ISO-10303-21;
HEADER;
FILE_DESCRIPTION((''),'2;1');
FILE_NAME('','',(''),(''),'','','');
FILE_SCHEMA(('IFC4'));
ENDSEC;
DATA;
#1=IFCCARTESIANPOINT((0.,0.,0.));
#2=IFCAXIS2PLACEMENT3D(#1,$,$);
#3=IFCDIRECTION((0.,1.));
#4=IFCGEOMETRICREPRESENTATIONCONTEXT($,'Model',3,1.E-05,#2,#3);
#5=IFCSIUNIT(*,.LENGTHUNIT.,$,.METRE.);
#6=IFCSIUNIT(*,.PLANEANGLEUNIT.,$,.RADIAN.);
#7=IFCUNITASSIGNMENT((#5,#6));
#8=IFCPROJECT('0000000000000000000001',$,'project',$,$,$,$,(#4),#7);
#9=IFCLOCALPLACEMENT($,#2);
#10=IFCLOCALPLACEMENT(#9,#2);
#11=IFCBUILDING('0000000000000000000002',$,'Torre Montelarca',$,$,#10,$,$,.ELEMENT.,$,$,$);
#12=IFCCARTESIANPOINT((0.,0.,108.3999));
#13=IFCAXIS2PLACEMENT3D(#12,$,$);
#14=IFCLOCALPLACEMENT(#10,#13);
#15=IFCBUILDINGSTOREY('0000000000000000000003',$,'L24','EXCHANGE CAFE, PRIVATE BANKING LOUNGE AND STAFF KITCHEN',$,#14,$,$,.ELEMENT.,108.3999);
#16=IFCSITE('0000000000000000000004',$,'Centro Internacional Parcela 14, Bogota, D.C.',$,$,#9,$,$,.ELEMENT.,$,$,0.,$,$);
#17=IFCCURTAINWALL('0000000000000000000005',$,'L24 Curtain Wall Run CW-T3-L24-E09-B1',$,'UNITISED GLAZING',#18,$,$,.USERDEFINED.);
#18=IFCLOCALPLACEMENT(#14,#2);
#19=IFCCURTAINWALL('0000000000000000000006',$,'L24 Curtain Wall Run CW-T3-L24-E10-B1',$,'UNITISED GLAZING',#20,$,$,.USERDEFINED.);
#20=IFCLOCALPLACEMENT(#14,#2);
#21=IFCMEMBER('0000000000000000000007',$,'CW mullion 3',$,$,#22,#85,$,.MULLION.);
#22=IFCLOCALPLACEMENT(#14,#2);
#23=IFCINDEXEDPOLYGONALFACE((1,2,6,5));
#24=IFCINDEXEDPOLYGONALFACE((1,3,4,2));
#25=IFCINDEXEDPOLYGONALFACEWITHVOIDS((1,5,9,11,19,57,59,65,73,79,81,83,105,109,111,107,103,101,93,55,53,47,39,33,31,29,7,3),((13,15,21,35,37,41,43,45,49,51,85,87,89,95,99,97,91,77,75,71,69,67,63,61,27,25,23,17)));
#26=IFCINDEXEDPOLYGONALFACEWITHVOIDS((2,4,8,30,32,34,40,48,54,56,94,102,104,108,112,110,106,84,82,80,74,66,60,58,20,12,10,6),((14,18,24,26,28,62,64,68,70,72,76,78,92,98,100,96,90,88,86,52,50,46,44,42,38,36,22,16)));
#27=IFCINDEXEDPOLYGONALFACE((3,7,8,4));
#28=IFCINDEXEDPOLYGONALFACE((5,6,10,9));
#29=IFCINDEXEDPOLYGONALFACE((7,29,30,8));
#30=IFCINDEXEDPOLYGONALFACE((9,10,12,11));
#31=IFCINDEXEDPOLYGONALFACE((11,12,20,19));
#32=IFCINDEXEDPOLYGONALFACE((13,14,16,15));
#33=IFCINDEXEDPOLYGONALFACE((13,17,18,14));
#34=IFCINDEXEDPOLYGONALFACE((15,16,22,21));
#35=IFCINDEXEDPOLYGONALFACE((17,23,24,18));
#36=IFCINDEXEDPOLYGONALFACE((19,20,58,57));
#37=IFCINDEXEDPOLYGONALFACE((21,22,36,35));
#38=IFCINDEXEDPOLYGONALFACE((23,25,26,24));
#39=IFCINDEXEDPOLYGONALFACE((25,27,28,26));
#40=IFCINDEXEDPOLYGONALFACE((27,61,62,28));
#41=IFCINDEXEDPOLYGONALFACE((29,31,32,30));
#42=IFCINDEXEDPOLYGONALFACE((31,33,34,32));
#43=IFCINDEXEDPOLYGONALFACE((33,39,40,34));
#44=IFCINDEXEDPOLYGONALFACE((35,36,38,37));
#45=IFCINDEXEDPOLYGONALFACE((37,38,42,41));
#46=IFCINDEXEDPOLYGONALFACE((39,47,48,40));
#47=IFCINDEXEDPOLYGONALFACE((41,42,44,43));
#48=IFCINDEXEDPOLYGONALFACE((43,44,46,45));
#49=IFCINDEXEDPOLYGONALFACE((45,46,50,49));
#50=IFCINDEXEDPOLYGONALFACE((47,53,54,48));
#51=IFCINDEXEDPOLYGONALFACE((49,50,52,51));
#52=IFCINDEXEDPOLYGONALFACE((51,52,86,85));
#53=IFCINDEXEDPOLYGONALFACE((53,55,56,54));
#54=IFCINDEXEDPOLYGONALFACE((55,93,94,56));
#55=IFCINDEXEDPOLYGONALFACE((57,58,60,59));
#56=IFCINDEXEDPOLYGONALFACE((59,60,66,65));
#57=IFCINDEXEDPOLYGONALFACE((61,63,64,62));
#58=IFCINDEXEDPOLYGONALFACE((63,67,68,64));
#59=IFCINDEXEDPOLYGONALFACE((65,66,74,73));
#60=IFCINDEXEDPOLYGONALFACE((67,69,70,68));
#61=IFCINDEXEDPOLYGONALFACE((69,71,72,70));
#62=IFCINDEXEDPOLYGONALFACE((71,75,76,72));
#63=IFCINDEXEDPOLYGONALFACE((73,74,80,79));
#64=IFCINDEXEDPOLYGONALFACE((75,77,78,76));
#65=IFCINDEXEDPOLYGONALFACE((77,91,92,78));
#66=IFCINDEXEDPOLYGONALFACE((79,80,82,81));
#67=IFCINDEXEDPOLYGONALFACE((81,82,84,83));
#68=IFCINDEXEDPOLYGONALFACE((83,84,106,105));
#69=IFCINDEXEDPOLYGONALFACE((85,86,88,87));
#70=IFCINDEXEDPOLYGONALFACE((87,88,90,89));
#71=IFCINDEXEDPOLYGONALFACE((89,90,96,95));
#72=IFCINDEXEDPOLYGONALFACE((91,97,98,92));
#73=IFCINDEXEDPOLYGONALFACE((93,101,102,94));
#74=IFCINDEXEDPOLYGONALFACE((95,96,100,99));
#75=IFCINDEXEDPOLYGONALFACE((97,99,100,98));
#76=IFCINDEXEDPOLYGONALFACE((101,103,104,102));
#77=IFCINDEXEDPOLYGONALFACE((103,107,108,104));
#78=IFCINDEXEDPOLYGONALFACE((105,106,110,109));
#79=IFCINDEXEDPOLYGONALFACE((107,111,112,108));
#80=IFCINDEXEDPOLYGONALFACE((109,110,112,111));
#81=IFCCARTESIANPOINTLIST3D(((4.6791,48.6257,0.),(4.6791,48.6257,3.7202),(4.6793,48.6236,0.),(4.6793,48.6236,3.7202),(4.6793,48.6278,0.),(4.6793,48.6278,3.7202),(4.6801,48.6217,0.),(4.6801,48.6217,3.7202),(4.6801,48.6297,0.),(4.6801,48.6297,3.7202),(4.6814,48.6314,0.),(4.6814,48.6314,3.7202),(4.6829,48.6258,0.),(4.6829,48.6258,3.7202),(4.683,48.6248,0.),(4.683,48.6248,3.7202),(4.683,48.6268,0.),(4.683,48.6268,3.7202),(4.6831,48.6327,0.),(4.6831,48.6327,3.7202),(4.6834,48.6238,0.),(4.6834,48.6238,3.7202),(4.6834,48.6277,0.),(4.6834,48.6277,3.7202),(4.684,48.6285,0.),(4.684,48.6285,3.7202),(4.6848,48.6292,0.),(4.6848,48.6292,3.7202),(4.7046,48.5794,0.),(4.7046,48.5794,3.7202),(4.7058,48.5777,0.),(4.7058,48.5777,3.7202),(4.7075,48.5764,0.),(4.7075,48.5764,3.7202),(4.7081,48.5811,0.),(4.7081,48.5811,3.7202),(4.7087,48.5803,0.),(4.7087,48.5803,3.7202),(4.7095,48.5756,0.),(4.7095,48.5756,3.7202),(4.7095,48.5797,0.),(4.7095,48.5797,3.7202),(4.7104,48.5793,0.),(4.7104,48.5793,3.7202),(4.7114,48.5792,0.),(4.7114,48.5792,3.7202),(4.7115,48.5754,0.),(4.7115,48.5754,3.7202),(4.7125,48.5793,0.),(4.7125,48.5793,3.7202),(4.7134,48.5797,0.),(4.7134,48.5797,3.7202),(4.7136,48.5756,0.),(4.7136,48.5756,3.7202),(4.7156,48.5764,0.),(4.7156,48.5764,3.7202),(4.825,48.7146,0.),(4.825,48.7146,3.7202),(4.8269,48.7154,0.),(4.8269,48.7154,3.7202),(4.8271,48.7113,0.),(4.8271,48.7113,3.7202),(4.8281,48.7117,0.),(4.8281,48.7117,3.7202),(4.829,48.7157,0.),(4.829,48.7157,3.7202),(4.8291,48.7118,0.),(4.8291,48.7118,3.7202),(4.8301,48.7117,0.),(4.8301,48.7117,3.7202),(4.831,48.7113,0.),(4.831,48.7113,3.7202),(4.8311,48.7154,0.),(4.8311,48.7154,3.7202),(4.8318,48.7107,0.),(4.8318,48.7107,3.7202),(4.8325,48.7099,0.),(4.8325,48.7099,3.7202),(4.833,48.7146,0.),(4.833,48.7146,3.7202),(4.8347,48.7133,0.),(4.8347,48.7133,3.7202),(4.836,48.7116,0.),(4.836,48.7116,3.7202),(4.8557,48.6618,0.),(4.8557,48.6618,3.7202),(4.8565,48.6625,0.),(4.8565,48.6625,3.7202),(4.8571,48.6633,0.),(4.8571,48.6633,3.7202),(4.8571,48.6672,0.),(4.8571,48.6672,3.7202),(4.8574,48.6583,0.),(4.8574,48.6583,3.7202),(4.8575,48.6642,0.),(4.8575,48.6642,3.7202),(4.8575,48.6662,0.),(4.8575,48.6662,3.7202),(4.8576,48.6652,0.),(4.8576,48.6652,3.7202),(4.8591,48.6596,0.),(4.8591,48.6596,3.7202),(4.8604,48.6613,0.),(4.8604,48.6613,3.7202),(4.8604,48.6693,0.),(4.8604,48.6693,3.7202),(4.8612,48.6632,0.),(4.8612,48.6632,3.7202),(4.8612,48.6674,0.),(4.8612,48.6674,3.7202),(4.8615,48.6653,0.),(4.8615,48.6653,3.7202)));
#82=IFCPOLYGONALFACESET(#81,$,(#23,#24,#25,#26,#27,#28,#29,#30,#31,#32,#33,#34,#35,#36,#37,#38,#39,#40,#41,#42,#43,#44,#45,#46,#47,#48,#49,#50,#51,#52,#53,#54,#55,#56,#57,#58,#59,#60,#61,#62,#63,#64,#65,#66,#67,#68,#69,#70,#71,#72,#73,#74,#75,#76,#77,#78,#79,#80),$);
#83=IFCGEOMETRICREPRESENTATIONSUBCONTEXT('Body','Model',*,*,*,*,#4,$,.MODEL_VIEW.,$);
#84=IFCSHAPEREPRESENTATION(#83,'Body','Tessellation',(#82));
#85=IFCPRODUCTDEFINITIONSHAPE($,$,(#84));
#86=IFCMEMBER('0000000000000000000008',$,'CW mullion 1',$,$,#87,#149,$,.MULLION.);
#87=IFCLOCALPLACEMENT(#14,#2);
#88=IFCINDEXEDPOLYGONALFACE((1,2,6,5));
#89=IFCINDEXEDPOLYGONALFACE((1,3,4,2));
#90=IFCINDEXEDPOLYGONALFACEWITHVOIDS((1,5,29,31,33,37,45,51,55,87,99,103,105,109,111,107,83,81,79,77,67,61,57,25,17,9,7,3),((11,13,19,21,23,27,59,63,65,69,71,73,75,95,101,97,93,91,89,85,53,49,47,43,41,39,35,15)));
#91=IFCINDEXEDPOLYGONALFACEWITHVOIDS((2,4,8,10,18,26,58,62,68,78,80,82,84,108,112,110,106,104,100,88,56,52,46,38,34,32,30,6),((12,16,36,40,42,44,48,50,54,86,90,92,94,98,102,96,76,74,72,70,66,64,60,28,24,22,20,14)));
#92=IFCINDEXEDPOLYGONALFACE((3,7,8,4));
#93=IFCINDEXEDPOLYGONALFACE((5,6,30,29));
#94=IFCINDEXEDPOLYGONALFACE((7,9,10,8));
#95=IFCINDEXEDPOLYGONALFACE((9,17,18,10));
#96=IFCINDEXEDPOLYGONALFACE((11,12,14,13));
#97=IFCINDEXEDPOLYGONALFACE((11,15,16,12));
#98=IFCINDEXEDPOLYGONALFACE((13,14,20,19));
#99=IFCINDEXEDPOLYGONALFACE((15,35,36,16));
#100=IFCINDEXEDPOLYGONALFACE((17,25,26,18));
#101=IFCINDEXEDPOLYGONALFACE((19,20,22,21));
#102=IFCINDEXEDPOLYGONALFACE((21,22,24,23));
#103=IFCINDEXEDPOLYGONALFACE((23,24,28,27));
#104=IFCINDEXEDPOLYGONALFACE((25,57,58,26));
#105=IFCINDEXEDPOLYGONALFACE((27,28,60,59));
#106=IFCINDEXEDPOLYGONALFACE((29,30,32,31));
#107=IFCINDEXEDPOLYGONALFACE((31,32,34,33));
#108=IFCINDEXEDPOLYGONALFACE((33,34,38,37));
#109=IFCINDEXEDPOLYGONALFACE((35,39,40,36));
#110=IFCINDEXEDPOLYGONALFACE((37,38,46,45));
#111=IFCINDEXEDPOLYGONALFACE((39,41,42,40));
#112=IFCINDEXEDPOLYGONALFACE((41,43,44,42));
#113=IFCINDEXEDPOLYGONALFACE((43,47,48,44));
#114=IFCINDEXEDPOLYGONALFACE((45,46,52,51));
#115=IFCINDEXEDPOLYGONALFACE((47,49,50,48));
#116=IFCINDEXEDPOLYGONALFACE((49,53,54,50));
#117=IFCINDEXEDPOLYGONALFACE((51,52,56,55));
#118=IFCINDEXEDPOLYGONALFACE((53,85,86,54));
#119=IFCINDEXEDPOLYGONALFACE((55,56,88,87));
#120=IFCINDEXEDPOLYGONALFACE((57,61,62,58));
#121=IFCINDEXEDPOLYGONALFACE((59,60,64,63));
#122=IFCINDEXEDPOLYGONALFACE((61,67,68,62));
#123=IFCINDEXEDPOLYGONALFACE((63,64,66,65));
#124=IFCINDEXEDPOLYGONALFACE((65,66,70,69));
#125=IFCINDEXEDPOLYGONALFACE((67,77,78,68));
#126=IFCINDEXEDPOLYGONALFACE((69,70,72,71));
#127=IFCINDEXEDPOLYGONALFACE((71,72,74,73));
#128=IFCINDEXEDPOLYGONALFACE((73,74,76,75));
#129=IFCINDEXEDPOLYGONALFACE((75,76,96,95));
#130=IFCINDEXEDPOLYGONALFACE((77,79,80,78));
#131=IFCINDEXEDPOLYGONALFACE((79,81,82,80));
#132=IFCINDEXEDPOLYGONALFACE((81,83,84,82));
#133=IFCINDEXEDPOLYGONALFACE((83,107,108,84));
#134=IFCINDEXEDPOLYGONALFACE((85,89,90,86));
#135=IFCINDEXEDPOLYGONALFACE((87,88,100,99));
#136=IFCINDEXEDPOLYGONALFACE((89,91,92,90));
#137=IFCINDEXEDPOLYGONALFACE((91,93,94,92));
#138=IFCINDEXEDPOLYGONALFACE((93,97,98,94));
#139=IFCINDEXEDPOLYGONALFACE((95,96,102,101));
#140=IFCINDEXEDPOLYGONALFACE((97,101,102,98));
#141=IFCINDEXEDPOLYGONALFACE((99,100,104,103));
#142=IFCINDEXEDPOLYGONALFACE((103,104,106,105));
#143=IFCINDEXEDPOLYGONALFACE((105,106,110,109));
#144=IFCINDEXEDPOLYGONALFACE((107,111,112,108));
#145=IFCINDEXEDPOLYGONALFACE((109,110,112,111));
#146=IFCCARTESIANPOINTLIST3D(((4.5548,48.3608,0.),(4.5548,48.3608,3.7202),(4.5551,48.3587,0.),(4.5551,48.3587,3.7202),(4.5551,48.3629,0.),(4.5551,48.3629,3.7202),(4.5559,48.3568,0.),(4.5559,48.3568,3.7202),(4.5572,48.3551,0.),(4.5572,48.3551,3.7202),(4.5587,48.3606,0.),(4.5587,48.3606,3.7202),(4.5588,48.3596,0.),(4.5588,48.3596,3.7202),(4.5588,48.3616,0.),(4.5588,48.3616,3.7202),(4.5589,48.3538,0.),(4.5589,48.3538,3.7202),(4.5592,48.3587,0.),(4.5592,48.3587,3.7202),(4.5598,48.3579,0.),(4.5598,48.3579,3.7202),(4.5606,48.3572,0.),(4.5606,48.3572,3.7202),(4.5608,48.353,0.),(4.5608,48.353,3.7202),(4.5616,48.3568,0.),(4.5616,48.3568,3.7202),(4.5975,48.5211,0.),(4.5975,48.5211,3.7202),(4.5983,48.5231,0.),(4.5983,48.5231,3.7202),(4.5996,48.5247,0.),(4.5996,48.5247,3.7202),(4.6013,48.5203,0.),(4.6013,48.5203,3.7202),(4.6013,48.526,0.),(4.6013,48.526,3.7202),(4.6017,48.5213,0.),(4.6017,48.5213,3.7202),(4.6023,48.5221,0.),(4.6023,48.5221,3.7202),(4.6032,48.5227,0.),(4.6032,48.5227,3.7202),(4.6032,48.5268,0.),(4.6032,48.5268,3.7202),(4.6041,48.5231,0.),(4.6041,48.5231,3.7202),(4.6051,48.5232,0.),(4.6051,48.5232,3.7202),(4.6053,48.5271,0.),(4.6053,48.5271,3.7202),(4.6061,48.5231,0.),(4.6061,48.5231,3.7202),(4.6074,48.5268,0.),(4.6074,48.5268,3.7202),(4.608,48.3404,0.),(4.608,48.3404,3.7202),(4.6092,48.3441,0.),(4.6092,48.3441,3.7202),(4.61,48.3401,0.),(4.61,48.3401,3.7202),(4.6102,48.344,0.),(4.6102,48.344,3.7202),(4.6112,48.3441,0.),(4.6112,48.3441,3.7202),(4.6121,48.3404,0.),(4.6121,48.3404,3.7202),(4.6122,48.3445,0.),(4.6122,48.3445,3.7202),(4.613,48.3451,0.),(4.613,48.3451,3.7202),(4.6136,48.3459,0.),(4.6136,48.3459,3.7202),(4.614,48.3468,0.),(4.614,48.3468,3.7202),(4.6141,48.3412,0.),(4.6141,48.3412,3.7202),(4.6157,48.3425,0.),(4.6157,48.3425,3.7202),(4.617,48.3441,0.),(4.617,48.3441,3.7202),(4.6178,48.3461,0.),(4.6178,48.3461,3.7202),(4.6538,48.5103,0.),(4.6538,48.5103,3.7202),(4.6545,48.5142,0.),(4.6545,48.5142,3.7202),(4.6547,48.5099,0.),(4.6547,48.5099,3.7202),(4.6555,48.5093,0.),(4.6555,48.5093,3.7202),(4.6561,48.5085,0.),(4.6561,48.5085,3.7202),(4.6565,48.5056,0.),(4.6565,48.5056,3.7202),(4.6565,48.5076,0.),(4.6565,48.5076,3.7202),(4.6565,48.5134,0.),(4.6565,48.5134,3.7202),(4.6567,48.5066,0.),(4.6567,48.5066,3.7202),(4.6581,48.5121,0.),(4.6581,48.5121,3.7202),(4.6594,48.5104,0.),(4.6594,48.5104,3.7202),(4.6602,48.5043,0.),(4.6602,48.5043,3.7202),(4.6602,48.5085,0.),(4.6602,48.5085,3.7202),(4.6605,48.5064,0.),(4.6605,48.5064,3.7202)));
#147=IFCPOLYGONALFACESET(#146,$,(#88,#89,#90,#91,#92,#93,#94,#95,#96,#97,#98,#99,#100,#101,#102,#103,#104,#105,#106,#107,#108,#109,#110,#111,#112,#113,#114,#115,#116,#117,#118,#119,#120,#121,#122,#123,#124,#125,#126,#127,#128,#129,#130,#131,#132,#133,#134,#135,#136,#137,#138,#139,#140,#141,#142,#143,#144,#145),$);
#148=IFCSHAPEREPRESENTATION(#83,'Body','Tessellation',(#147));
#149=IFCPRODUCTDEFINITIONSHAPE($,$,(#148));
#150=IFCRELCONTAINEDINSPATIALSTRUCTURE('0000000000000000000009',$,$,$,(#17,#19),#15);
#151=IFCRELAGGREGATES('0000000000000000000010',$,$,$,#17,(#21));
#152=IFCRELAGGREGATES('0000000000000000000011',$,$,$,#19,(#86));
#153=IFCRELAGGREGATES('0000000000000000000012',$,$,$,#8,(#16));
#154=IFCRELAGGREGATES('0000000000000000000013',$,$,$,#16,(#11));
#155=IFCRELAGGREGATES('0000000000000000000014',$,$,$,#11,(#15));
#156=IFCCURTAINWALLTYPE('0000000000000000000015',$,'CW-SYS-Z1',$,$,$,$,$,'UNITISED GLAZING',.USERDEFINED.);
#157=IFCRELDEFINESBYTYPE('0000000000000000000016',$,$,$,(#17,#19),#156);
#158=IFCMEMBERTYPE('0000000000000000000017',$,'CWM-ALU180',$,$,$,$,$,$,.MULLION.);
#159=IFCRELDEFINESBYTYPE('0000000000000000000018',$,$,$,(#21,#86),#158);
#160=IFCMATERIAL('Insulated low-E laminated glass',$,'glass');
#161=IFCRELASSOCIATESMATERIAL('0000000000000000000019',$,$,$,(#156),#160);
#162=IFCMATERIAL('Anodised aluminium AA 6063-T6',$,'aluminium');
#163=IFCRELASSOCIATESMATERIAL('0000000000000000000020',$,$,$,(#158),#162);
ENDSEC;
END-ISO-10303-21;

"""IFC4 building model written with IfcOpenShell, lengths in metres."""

from ifc_helpers import new_model, si_unit, direction, frame, origin, origin_2d, place, context, subcontext, project, spatial, hollow_rectangle, extrude, source, transform, mapped, material, material_profile, profile_set, type_object, element, aggregate, save


model = new_model("IFC4")

# Units and contexts
model_context = context("Model", 3, precision=1e-05, world=origin(), true_north=direction((0.0, 1.0)))
body_context = subcontext(model_context, "Body", "Model", "MODEL_VIEW")
ifc_project = project(units=[si_unit("LENGTHUNIT", "METRE"), si_unit("PLANEANGLEUNIT", "RADIAN")], contexts=[model_context])

# Site, building, storey
site_placement = place(None, origin())
site = spatial("IfcSite", under=ifc_project, at=site_placement, Name="Centro Internacional Parcela 14, Bogota, D.C.", CompositionType="ELEMENT", RefElevation=0.0)
building_placement = place(site_placement, origin())
building = spatial("IfcBuilding", under=site, at=building_placement, Name="Torre Montelarca", CompositionType="ELEMENT")
storey_placement = place(building_placement, frame((0.0, 0.0, 108.3999)))
storey = spatial("IfcBuildingStorey", under=building, at=storey_placement, Name="L24", Description="EXCHANGE CAFE, PRIVATE BANKING LOUNGE AND STAFF KITCHEN", CompositionType="ELEMENT", Elevation=108.3999)

# Curtain walls
ifc_material_1 = material(Name="Insulated low-E laminated glass", Category="glass")
curtain_wall_type = type_object("IfcCurtainWallType", Name="CW-SYS-Z1", ElementType="UNITISED GLAZING", PredefinedType="USERDEFINED", material=ifc_material_1)
curtain_wall_1_placement = place(storey_placement, origin())
curtain_wall_1 = element("IfcCurtainWall", 1, at=curtain_wall_1_placement, inside=storey, type_object=curtain_wall_type, Name="L24 Curtain Wall Run CW-T3-L24-E09-B1", ObjectType="UNITISED GLAZING", PredefinedType="USERDEFINED")
ifc_material_2 = material(Name="Anodised aluminium AA 6063-T6", Category="aluminium")
curtain_wall_2_placement = place(storey_placement, origin())
curtain_wall_2 = element("IfcCurtainWall", 2, at=curtain_wall_2_placement, inside=storey, type_object=curtain_wall_type, Name="L24 Curtain Wall Run CW-T3-L24-E10-B1", ObjectType="UNITISED GLAZING", PredefinedType="USERDEFINED")

# Members
ifc_material_profile_1 = material_profile(ifc_material_2, hollow_rectangle(XDim=0.0649, YDim=0.1799, WallThickness=0.0039, InnerFilletRadius=0.0039, OuterFilletRadius=0.0081, at=origin_2d()), Name="ALU65X180X4", Category="aluminium")
ifc_profile_set_1 = profile_set([ifc_material_profile_1], Name="Anodised aluminium AA 6063-T6")
member_type_1 = type_object("IfcMemberType", Name="CWM-ALU180", PredefinedType="MULLION", material=ifc_profile_set_1)
shared_shape_1 = source(origin(), body_context, "Body", "SweptSolid", [
    extrude(hollow_rectangle(XDim=0.0649, YDim=0.1799, WallThickness=0.0039, InnerFilletRadius=0.0039, OuterFilletRadius=0.0081, at=origin_2d()), origin(), (0.0, 0.0, 1.0), 3.7202),
])
member_1_placement = place(storey_placement, frame((4.7703, 48.6455, 0.0), z_axis=(0.0, 0.0, 1.0), x_axis=(0.500001, -0.866025, 0.0)))
member_1 = element("IfcMember", 3, at=member_1_placement, type_object=member_type_1, Name="CW mullion 3", PredefinedType="MULLION", context=body_context, shape_type="MappedRepresentation", body=[
    mapped(shared_shape_1, transform((0.0, 0.0, 0.0), scale=1.0)),
])
member_2_placement = place(storey_placement, frame((4.6077, 48.4336, 0.0), z_axis=(0.0, 0.0, 1.0), x_axis=(0.965926, -0.258818, 0.0)))
member_2 = element("IfcMember", 4, at=member_2_placement, type_object=member_type_1, Name="CW mullion 1", PredefinedType="MULLION", context=body_context, shape_type="MappedRepresentation", body=[
    mapped(shared_shape_1, transform((0.0, 0.0, 0.0), scale=1.0)),
])

aggregate(curtain_wall_1, [member_1])
aggregate(curtain_wall_2, [member_2])

save(model, "model.ifc")
